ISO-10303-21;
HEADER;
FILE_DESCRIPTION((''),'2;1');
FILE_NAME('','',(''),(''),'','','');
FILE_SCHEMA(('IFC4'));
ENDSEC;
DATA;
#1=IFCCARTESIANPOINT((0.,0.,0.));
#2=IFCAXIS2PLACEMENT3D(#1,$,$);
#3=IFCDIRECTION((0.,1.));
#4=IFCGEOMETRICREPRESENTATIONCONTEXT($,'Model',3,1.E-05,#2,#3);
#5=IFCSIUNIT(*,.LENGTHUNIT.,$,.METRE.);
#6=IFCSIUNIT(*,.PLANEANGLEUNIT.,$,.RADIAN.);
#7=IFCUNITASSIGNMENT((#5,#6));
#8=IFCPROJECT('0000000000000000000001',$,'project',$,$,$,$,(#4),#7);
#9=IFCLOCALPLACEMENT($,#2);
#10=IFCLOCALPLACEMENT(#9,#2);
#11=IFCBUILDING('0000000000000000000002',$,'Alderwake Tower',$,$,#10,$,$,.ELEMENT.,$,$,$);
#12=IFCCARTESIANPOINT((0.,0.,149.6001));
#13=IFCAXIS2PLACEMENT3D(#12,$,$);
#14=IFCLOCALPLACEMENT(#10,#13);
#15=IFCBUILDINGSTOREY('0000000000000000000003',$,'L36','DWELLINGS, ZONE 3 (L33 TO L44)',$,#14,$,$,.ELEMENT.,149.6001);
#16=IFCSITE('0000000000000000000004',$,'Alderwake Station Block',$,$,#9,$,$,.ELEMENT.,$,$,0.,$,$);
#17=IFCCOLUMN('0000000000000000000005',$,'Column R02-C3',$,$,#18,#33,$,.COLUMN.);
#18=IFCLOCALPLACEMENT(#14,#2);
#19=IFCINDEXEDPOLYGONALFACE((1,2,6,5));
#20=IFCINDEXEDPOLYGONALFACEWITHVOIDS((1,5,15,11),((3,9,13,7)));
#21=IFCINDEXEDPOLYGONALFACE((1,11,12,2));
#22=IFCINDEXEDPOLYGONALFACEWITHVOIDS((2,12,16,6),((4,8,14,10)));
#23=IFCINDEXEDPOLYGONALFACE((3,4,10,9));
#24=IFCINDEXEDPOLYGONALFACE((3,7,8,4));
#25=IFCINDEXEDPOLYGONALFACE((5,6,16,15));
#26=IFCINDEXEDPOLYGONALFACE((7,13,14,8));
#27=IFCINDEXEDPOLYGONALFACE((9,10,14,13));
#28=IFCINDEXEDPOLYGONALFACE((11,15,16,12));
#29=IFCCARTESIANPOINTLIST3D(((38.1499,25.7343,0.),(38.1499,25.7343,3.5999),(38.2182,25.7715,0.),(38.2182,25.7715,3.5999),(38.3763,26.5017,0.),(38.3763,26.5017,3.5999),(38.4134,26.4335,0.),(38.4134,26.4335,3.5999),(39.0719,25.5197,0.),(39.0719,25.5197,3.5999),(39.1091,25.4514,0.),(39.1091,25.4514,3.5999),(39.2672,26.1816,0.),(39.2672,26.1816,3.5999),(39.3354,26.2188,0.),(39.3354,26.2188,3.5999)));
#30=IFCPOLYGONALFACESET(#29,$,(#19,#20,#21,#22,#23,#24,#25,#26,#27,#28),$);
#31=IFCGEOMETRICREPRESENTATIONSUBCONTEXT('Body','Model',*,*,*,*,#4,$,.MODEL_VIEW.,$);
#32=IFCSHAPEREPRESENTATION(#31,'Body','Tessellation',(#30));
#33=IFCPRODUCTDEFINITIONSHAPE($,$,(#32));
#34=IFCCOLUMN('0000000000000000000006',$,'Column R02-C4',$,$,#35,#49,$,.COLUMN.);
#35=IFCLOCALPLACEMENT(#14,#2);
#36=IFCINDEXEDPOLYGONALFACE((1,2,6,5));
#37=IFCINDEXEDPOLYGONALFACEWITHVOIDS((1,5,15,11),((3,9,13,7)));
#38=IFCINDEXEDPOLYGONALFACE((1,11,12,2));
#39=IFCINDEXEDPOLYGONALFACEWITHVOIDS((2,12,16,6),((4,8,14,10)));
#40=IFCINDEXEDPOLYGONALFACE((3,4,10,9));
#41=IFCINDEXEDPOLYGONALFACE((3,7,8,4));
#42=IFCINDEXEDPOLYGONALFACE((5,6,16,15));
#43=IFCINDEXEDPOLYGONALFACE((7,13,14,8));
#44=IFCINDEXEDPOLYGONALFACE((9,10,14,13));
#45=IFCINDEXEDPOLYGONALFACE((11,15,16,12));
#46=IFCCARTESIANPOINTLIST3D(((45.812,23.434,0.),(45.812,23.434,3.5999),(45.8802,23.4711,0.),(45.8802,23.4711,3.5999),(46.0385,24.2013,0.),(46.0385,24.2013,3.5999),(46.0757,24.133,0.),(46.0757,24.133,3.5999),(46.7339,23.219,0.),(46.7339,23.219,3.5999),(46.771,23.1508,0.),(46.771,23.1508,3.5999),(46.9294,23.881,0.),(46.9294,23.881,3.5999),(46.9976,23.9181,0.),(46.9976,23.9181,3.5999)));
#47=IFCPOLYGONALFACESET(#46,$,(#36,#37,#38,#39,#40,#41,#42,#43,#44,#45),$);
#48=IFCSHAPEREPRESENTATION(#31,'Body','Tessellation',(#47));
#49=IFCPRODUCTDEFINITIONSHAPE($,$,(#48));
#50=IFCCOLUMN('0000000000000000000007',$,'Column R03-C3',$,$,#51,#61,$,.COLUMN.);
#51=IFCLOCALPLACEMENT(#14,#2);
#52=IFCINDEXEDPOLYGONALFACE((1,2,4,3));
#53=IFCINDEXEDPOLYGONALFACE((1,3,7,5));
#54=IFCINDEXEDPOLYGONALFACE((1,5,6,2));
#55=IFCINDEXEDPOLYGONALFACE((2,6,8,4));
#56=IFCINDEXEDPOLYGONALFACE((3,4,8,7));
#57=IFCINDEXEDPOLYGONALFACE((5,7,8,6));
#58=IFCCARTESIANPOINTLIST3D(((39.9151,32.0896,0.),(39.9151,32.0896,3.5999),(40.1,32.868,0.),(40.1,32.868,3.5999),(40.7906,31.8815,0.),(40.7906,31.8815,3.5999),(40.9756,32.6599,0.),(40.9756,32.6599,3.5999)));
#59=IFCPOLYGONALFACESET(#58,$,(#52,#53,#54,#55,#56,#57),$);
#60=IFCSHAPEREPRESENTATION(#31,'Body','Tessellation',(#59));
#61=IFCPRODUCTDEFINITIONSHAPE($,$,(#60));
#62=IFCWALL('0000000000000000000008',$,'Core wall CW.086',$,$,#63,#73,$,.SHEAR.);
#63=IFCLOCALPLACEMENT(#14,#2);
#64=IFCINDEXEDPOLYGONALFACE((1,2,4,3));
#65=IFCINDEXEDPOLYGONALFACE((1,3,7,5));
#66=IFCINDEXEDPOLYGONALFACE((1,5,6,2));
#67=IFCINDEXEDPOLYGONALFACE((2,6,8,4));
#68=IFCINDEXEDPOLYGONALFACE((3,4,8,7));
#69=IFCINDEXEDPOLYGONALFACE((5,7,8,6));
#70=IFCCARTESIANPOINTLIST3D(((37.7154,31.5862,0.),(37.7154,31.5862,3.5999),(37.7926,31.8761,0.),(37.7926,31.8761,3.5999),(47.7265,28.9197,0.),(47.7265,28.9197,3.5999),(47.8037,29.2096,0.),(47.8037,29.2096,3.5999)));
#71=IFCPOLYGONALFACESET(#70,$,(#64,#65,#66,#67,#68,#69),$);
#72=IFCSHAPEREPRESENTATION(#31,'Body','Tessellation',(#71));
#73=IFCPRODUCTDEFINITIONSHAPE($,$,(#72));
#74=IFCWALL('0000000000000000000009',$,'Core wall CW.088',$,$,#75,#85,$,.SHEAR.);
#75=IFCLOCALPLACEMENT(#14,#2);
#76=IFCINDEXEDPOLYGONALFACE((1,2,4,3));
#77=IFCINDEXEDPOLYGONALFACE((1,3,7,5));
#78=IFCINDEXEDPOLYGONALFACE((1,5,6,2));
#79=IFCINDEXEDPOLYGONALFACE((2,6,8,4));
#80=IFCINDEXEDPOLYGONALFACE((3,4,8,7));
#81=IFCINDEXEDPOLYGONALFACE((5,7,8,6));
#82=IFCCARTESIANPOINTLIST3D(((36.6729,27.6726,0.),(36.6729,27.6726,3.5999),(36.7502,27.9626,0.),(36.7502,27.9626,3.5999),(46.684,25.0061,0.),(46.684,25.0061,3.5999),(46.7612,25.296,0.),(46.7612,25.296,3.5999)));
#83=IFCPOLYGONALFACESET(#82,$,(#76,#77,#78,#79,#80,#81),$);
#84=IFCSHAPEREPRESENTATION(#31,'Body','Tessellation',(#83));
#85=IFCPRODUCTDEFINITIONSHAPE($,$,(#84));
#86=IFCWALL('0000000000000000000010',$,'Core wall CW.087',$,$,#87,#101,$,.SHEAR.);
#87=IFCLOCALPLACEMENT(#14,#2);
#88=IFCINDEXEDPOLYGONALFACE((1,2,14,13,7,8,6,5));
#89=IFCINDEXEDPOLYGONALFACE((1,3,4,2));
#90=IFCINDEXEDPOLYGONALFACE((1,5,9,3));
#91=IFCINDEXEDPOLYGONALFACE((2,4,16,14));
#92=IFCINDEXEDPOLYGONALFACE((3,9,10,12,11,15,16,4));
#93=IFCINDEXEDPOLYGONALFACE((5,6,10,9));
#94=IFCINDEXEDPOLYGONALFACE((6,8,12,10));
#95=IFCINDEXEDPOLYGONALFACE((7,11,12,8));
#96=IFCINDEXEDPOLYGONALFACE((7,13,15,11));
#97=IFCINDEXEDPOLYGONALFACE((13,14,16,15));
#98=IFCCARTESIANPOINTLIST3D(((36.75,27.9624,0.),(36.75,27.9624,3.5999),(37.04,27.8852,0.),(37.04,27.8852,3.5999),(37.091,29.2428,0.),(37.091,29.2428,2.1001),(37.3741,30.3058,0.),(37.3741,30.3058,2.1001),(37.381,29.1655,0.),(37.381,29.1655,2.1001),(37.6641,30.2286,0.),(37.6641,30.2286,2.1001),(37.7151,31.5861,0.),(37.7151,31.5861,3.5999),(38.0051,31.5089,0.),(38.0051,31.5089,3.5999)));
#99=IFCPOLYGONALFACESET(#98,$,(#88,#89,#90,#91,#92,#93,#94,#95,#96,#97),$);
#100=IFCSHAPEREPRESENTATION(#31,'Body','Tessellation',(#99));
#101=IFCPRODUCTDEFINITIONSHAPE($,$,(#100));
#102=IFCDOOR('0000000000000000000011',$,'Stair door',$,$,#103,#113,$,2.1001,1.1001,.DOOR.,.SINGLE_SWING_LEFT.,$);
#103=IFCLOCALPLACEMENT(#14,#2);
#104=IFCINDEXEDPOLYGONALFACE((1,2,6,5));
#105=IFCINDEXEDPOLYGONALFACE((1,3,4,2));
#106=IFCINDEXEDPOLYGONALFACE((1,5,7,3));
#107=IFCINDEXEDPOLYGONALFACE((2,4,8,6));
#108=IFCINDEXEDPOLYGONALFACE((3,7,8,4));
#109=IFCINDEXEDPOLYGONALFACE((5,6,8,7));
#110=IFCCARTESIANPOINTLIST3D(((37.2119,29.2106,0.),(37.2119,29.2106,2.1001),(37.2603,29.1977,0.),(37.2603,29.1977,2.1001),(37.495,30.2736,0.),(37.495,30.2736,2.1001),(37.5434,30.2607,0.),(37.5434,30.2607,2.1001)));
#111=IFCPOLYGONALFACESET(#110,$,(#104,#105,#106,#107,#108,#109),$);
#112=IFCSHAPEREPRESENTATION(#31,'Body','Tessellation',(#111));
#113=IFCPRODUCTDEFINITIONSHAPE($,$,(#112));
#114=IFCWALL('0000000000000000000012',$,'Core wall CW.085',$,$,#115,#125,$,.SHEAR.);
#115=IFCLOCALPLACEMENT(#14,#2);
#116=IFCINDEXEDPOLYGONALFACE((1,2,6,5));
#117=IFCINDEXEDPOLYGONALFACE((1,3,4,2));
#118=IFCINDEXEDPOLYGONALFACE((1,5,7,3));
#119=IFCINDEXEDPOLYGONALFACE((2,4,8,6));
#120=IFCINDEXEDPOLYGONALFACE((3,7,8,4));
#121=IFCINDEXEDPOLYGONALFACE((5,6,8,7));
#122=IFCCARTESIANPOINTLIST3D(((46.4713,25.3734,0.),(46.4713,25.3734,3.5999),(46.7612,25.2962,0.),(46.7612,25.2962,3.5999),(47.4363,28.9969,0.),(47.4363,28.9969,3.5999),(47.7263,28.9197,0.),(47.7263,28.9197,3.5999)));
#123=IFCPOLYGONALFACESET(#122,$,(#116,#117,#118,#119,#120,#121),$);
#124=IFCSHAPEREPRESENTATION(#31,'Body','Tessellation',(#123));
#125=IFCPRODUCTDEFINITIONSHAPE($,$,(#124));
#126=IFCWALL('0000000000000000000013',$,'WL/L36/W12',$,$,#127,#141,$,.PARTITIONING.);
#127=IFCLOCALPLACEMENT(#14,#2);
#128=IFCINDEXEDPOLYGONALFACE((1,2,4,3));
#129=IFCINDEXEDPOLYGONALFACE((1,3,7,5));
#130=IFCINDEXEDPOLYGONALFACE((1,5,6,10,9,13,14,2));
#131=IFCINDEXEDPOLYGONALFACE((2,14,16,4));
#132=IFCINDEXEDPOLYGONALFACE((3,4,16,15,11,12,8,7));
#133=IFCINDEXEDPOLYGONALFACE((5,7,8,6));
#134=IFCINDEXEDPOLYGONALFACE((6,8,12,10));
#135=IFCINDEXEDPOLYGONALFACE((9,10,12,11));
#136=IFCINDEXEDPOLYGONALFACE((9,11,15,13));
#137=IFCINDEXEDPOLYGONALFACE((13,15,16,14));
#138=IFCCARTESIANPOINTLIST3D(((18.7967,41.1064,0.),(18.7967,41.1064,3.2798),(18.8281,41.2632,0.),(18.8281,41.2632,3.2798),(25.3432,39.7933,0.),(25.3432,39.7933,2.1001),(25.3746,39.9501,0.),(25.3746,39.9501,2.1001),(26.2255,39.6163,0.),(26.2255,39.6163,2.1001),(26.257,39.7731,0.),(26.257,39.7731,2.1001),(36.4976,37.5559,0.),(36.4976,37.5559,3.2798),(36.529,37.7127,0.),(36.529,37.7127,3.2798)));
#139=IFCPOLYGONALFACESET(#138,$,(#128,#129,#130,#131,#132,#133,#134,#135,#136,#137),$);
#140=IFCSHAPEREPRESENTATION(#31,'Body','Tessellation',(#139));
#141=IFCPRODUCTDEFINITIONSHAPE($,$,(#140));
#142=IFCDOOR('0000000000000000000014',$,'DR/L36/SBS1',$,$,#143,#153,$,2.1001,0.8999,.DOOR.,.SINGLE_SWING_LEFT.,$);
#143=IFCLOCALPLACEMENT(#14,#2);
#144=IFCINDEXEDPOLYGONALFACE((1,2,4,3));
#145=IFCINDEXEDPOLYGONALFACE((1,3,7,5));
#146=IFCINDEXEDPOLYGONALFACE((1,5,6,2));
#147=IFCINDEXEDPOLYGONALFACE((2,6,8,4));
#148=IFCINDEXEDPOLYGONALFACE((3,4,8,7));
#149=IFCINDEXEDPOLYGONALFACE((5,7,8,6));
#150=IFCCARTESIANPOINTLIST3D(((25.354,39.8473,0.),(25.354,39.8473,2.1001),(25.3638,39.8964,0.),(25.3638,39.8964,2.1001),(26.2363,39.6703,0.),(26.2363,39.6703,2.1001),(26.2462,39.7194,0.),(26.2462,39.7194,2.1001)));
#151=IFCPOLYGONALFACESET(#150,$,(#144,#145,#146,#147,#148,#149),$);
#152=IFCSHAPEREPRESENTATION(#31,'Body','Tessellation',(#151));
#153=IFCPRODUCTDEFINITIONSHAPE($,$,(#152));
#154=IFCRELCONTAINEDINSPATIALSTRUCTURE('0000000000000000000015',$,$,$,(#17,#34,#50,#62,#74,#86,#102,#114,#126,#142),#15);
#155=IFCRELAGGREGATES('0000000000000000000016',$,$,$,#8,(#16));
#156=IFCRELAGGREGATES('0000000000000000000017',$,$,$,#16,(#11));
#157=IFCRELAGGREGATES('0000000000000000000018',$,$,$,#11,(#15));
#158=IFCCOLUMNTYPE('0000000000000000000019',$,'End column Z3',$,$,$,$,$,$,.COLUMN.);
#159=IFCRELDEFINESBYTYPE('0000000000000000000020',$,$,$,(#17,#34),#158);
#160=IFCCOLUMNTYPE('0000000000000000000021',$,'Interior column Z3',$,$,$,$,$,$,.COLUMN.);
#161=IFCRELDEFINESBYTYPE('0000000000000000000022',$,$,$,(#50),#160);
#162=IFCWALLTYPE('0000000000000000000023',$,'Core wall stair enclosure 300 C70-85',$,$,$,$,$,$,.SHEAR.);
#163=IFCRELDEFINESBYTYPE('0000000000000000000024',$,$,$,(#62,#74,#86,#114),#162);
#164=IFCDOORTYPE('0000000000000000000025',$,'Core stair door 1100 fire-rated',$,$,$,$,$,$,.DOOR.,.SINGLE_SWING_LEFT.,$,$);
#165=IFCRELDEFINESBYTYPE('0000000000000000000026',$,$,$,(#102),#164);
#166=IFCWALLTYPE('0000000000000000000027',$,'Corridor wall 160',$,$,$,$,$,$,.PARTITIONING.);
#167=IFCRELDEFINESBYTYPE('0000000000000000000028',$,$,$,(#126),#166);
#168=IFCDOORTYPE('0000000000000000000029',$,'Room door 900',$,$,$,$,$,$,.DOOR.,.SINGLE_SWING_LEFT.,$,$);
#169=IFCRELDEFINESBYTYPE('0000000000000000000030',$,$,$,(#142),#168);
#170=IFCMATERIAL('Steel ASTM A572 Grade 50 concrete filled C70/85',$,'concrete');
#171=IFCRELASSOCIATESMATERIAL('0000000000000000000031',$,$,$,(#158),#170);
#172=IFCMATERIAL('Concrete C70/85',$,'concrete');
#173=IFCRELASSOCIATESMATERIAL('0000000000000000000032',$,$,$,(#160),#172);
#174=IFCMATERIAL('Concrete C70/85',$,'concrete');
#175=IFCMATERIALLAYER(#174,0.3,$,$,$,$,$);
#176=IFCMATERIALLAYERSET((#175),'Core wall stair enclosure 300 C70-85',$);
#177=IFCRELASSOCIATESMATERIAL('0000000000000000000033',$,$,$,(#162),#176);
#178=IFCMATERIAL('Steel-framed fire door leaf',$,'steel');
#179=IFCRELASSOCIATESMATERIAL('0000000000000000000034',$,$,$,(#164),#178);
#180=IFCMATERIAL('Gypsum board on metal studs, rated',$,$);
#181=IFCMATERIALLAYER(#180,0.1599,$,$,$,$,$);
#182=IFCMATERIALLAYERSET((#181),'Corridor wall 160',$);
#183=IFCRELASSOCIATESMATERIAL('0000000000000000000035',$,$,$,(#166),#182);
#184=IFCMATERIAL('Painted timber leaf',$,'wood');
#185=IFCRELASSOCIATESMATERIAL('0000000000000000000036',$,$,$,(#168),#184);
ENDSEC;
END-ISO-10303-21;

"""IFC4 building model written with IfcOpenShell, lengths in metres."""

from ifc_helpers import new_model, si_unit, direction, frame, frame_2d, origin, origin_2d, place, context, subcontext, project, spatial, rectangle, hollow_rectangle, extrude, material, layer, layer_set, material_profile, profile_set, type_object, element, fill, save


model = new_model("IFC4")

# Units and contexts
model_context = context("Model", 3, precision=1e-05, world=origin(), true_north=direction((0.0, 1.0)))
body_context = subcontext(model_context, "Body", "Model", "MODEL_VIEW")
ifc_project = project(units=[si_unit("LENGTHUNIT", "METRE"), si_unit("PLANEANGLEUNIT", "RADIAN")], contexts=[model_context])

# Site, building, storey
site_placement = place(None, origin())
site = spatial("IfcSite", under=ifc_project, at=site_placement, Name="Alderwake Station Block", CompositionType="ELEMENT", RefElevation=0.0)
building_placement = place(site_placement, origin())
building = spatial("IfcBuilding", under=site, at=building_placement, Name="Alderwake Tower", CompositionType="ELEMENT")
storey_placement = place(building_placement, frame((0.0, 0.0, 149.6001)))
storey = spatial("IfcBuildingStorey", under=building, at=storey_placement, Name="L36", Description="DWELLINGS, ZONE 3 (L33 TO L44)", CompositionType="ELEMENT", Elevation=149.6001)

# Columns
ifc_material_1 = material(Name="Steel ASTM A572 Grade 50 concrete filled C70/85", Category="concrete")
ifc_material_profile_1 = material_profile(ifc_material_1, hollow_rectangle(XDim=0.8, YDim=1.0, WallThickness=0.0549, at=origin_2d()), Name="BOX 1000X800X55")
ifc_profile_set_1 = profile_set([ifc_material_profile_1], Name="Steel ASTM A572 Grade 50 concrete filled C70/85")
column_type_1 = type_object("IfcColumnType", Name="End column Z3", PredefinedType="COLUMN", material=ifc_profile_set_1)
for number, where, z_axis, x_axis, name in (
    (1, (38.7427, 25.9766, 0.0), (0.0, 0.0, 1.0), (0.282904, 0.959148, 0.0), "Column R02-C3"),
    (2, (46.4048, 23.676, 0.0), (0.0, 0.0, 1.0), (0.283185, 0.959065, 0.0), "Column R02-C4"),
):
    element("IfcColumn", number, at=place(storey_placement, frame(where, z_axis=z_axis, x_axis=x_axis)), inside=storey, type_object=column_type_1, Name=name, PredefinedType="COLUMN", context=body_context, shape_type="SweptSolid", body=[
        extrude(hollow_rectangle(XDim=0.8, YDim=1.0, WallThickness=0.0549, at=origin_2d()), origin(), (0.0, 0.0, 1.0), 3.5999),
    ])
ifc_material_2 = material(Name="Concrete C70/85", Category="concrete")
ifc_material_profile_2 = material_profile(ifc_material_2, rectangle(XDim=0.8, YDim=0.8999, at=origin_2d()), Name="RC 900X800")
ifc_profile_set_2 = profile_set([ifc_material_profile_2], Name="Concrete C70/85")
column_type_2 = type_object("IfcColumnType", Name="Interior column Z3", PredefinedType="COLUMN", material=ifc_profile_set_2)
column_placement = place(storey_placement, frame((40.4453, 32.3748, 0.0), z_axis=(0.0, 0.0, 1.0), x_axis=(0.231222, 0.972901, 0.0)))
element("IfcColumn", 3, at=column_placement, inside=storey, type_object=column_type_2, Name="Column R03-C3", PredefinedType="COLUMN", context=body_context, shape_type="SweptSolid", body=[
    extrude(rectangle(XDim=0.8, YDim=0.8999, at=origin_2d()), origin(), (0.0, 0.0, 1.0), 3.5999),
])

# Walls
ifc_material_3 = material(Name="Concrete C70/85", Category="concrete")
ifc_layer_1 = layer(ifc_material_3, 0.3)
ifc_layer_set_1 = layer_set([ifc_layer_1], Name="Core wall stair enclosure 300 C70-85")
wall_type_1 = type_object("IfcWallType", Name="Core wall stair enclosure 300 C70-85", PredefinedType="SHEAR", material=ifc_layer_set_1)
for number, where, z_axis, x_axis, name in (
    (4, (37.7539, 31.7312, 0.0), (0.0, 0.0, 1.0), (0.966309, -0.257384, 0.0), "Core wall CW.086"),
    (5, (36.7114, 27.8176, 0.0), (0.0, 0.0, 1.0), (0.966309, -0.257384, 0.0), "Core wall CW.088"),
):
    element("IfcWall", number, at=place(storey_placement, frame(where, z_axis=z_axis, x_axis=x_axis)), inside=storey, type_object=wall_type_1, Name=name, PredefinedType="SHEAR", context=body_context, shape_type="SweptSolid", body=[
        extrude(rectangle(XDim=10.3601, YDim=0.3, at=frame_2d((5.1802, 0.0))), origin(), (0.0, 0.0, 1.0), 3.5999),
    ])

# Wall, opening, door
wall_1_placement = place(storey_placement, frame((36.895, 27.9238, 0.0), z_axis=(0.0, 0.0, 1.0), x_axis=(0.257351, 0.966318, 0.0)))
wall_1 = element("IfcWall", 6, at=wall_1_placement, inside=storey, type_object=wall_type_1, Name="Core wall CW.087", PredefinedType="SHEAR", context=body_context, shape_type="SweptSolid", body=[
    extrude(rectangle(XDim=3.75, YDim=0.3, at=frame_2d((1.875, 0.0))), origin(), (0.0, 0.0, 1.0), 3.5999),
])
opening_1_placement = place(wall_1_placement, frame((1.325, 0.0, 0.0)))
opening_1 = element("IfcOpeningElement", 7, at=opening_1_placement, cuts=wall_1, PredefinedType="OPENING", context=body_context, shape_type="SweptSolid", body=[
    extrude(rectangle(XDim=1.1001, YDim=2.1001, at=frame_2d((0.55, 1.05))), frame((0.0, 0.1599, 0.0), z_axis=(0.0, -1.0, 0.0), x_axis=(1.0, 0.0, 0.0)), (0.0, 0.0, 1.0), 0.3201),
])
ifc_material_4 = material(Name="Steel-framed fire door leaf", Category="steel")
door_type_1 = type_object("IfcDoorType", Name="Core stair door 1100 fire-rated", OperationType="SINGLE_SWING_LEFT", PredefinedType="DOOR", material=ifc_material_4)
door_1_placement = place(opening_1_placement, origin())
door_1 = element("IfcDoor", 8, at=door_1_placement, inside=storey, type_object=door_type_1, Name="Stair door", OperationType="SINGLE_SWING_LEFT", OverallHeight=2.1001, OverallWidth=1.1001, PredefinedType="DOOR", context=body_context, shape_type="SweptSolid", body=[
    extrude(rectangle(XDim=1.1001, YDim=2.1001, at=frame_2d((0.55, 1.05))), frame((0.0, 0.0249, 0.0), z_axis=(0.0, -1.0, 0.0), x_axis=(1.0, 0.0, 0.0)), (0.0, 0.0, 1.0), 0.05),
])
fill(opening_1, door_1)

# Wall
wall_2_placement = place(storey_placement, frame((46.6162, 25.3347, 0.0), z_axis=(0.0, 0.0, 1.0), x_axis=(0.257367, 0.966314, 0.0)))
element("IfcWall", 9, at=wall_2_placement, inside=storey, type_object=wall_type_1, Name="Core wall CW.085", PredefinedType="SHEAR", context=body_context, shape_type="SweptSolid", body=[
    extrude(rectangle(XDim=3.7498, YDim=0.3, at=frame_2d((1.875, 0.0))), origin(), (0.0, 0.0, 1.0), 3.5999),
])

# Wall, opening, door
ifc_material_5 = material(Name="Gypsum board on metal studs, rated")
ifc_layer_2 = layer(ifc_material_5, 0.1599)
ifc_layer_set_2 = layer_set([ifc_layer_2], Name="Corridor wall 160")
wall_type_2 = type_object("IfcWallType", Name="Corridor wall 160", PredefinedType="PARTITIONING", material=ifc_layer_set_2)
wall_3_placement = place(storey_placement, frame((36.5134, 37.6343, 0.0), z_axis=(0.0, 0.0, 1.0), x_axis=(-0.98047, 0.196667, 0.0)))
wall_3 = element("IfcWall", 10, at=wall_3_placement, inside=storey, type_object=wall_type_2, Name="WL/L36/W12", PredefinedType="PARTITIONING", context=body_context, shape_type="SweptSolid", body=[
    extrude(rectangle(XDim=18.0535, YDim=0.1599, at=frame_2d((9.0269, 0.0))), origin(), (0.0, 0.0, 1.0), 3.2798),
])
opening_2_placement = place(wall_3_placement, frame((10.4768, 0.0, 0.0)))
opening_2 = element("IfcOpeningElement", 11, at=opening_2_placement, cuts=wall_3, PredefinedType="OPENING", context=body_context, shape_type="SweptSolid", body=[
    extrude(rectangle(XDim=0.8999, YDim=2.1001, at=frame_2d((0.45, 1.05))), frame((0.0, 0.0898, 0.0), z_axis=(0.0, -1.0, 0.0), x_axis=(1.0, 0.0, 0.0)), (0.0, 0.0, 1.0), 0.1799),
])
ifc_material_6 = material(Name="Painted timber leaf", Category="wood")
door_type_2 = type_object("IfcDoorType", Name="Room door 900", OperationType="SINGLE_SWING_LEFT", PredefinedType="DOOR", material=ifc_material_6)
door_2_placement = place(opening_2_placement, origin())
door_2 = element("IfcDoor", 12, at=door_2_placement, inside=storey, type_object=door_type_2, Name="DR/L36/SBS1", OperationType="SINGLE_SWING_LEFT", OverallHeight=2.1001, OverallWidth=0.8999, PredefinedType="DOOR", context=body_context, shape_type="SweptSolid", body=[
    extrude(rectangle(XDim=0.8999, YDim=2.1001, at=frame_2d((0.45, 1.05))), frame((0.0, 0.0249, 0.0), z_axis=(0.0, -1.0, 0.0), x_axis=(1.0, 0.0, 0.0)), (0.0, 0.0, 1.0), 0.05),
])
fill(opening_2, door_2)

save(model, "model.ifc")
